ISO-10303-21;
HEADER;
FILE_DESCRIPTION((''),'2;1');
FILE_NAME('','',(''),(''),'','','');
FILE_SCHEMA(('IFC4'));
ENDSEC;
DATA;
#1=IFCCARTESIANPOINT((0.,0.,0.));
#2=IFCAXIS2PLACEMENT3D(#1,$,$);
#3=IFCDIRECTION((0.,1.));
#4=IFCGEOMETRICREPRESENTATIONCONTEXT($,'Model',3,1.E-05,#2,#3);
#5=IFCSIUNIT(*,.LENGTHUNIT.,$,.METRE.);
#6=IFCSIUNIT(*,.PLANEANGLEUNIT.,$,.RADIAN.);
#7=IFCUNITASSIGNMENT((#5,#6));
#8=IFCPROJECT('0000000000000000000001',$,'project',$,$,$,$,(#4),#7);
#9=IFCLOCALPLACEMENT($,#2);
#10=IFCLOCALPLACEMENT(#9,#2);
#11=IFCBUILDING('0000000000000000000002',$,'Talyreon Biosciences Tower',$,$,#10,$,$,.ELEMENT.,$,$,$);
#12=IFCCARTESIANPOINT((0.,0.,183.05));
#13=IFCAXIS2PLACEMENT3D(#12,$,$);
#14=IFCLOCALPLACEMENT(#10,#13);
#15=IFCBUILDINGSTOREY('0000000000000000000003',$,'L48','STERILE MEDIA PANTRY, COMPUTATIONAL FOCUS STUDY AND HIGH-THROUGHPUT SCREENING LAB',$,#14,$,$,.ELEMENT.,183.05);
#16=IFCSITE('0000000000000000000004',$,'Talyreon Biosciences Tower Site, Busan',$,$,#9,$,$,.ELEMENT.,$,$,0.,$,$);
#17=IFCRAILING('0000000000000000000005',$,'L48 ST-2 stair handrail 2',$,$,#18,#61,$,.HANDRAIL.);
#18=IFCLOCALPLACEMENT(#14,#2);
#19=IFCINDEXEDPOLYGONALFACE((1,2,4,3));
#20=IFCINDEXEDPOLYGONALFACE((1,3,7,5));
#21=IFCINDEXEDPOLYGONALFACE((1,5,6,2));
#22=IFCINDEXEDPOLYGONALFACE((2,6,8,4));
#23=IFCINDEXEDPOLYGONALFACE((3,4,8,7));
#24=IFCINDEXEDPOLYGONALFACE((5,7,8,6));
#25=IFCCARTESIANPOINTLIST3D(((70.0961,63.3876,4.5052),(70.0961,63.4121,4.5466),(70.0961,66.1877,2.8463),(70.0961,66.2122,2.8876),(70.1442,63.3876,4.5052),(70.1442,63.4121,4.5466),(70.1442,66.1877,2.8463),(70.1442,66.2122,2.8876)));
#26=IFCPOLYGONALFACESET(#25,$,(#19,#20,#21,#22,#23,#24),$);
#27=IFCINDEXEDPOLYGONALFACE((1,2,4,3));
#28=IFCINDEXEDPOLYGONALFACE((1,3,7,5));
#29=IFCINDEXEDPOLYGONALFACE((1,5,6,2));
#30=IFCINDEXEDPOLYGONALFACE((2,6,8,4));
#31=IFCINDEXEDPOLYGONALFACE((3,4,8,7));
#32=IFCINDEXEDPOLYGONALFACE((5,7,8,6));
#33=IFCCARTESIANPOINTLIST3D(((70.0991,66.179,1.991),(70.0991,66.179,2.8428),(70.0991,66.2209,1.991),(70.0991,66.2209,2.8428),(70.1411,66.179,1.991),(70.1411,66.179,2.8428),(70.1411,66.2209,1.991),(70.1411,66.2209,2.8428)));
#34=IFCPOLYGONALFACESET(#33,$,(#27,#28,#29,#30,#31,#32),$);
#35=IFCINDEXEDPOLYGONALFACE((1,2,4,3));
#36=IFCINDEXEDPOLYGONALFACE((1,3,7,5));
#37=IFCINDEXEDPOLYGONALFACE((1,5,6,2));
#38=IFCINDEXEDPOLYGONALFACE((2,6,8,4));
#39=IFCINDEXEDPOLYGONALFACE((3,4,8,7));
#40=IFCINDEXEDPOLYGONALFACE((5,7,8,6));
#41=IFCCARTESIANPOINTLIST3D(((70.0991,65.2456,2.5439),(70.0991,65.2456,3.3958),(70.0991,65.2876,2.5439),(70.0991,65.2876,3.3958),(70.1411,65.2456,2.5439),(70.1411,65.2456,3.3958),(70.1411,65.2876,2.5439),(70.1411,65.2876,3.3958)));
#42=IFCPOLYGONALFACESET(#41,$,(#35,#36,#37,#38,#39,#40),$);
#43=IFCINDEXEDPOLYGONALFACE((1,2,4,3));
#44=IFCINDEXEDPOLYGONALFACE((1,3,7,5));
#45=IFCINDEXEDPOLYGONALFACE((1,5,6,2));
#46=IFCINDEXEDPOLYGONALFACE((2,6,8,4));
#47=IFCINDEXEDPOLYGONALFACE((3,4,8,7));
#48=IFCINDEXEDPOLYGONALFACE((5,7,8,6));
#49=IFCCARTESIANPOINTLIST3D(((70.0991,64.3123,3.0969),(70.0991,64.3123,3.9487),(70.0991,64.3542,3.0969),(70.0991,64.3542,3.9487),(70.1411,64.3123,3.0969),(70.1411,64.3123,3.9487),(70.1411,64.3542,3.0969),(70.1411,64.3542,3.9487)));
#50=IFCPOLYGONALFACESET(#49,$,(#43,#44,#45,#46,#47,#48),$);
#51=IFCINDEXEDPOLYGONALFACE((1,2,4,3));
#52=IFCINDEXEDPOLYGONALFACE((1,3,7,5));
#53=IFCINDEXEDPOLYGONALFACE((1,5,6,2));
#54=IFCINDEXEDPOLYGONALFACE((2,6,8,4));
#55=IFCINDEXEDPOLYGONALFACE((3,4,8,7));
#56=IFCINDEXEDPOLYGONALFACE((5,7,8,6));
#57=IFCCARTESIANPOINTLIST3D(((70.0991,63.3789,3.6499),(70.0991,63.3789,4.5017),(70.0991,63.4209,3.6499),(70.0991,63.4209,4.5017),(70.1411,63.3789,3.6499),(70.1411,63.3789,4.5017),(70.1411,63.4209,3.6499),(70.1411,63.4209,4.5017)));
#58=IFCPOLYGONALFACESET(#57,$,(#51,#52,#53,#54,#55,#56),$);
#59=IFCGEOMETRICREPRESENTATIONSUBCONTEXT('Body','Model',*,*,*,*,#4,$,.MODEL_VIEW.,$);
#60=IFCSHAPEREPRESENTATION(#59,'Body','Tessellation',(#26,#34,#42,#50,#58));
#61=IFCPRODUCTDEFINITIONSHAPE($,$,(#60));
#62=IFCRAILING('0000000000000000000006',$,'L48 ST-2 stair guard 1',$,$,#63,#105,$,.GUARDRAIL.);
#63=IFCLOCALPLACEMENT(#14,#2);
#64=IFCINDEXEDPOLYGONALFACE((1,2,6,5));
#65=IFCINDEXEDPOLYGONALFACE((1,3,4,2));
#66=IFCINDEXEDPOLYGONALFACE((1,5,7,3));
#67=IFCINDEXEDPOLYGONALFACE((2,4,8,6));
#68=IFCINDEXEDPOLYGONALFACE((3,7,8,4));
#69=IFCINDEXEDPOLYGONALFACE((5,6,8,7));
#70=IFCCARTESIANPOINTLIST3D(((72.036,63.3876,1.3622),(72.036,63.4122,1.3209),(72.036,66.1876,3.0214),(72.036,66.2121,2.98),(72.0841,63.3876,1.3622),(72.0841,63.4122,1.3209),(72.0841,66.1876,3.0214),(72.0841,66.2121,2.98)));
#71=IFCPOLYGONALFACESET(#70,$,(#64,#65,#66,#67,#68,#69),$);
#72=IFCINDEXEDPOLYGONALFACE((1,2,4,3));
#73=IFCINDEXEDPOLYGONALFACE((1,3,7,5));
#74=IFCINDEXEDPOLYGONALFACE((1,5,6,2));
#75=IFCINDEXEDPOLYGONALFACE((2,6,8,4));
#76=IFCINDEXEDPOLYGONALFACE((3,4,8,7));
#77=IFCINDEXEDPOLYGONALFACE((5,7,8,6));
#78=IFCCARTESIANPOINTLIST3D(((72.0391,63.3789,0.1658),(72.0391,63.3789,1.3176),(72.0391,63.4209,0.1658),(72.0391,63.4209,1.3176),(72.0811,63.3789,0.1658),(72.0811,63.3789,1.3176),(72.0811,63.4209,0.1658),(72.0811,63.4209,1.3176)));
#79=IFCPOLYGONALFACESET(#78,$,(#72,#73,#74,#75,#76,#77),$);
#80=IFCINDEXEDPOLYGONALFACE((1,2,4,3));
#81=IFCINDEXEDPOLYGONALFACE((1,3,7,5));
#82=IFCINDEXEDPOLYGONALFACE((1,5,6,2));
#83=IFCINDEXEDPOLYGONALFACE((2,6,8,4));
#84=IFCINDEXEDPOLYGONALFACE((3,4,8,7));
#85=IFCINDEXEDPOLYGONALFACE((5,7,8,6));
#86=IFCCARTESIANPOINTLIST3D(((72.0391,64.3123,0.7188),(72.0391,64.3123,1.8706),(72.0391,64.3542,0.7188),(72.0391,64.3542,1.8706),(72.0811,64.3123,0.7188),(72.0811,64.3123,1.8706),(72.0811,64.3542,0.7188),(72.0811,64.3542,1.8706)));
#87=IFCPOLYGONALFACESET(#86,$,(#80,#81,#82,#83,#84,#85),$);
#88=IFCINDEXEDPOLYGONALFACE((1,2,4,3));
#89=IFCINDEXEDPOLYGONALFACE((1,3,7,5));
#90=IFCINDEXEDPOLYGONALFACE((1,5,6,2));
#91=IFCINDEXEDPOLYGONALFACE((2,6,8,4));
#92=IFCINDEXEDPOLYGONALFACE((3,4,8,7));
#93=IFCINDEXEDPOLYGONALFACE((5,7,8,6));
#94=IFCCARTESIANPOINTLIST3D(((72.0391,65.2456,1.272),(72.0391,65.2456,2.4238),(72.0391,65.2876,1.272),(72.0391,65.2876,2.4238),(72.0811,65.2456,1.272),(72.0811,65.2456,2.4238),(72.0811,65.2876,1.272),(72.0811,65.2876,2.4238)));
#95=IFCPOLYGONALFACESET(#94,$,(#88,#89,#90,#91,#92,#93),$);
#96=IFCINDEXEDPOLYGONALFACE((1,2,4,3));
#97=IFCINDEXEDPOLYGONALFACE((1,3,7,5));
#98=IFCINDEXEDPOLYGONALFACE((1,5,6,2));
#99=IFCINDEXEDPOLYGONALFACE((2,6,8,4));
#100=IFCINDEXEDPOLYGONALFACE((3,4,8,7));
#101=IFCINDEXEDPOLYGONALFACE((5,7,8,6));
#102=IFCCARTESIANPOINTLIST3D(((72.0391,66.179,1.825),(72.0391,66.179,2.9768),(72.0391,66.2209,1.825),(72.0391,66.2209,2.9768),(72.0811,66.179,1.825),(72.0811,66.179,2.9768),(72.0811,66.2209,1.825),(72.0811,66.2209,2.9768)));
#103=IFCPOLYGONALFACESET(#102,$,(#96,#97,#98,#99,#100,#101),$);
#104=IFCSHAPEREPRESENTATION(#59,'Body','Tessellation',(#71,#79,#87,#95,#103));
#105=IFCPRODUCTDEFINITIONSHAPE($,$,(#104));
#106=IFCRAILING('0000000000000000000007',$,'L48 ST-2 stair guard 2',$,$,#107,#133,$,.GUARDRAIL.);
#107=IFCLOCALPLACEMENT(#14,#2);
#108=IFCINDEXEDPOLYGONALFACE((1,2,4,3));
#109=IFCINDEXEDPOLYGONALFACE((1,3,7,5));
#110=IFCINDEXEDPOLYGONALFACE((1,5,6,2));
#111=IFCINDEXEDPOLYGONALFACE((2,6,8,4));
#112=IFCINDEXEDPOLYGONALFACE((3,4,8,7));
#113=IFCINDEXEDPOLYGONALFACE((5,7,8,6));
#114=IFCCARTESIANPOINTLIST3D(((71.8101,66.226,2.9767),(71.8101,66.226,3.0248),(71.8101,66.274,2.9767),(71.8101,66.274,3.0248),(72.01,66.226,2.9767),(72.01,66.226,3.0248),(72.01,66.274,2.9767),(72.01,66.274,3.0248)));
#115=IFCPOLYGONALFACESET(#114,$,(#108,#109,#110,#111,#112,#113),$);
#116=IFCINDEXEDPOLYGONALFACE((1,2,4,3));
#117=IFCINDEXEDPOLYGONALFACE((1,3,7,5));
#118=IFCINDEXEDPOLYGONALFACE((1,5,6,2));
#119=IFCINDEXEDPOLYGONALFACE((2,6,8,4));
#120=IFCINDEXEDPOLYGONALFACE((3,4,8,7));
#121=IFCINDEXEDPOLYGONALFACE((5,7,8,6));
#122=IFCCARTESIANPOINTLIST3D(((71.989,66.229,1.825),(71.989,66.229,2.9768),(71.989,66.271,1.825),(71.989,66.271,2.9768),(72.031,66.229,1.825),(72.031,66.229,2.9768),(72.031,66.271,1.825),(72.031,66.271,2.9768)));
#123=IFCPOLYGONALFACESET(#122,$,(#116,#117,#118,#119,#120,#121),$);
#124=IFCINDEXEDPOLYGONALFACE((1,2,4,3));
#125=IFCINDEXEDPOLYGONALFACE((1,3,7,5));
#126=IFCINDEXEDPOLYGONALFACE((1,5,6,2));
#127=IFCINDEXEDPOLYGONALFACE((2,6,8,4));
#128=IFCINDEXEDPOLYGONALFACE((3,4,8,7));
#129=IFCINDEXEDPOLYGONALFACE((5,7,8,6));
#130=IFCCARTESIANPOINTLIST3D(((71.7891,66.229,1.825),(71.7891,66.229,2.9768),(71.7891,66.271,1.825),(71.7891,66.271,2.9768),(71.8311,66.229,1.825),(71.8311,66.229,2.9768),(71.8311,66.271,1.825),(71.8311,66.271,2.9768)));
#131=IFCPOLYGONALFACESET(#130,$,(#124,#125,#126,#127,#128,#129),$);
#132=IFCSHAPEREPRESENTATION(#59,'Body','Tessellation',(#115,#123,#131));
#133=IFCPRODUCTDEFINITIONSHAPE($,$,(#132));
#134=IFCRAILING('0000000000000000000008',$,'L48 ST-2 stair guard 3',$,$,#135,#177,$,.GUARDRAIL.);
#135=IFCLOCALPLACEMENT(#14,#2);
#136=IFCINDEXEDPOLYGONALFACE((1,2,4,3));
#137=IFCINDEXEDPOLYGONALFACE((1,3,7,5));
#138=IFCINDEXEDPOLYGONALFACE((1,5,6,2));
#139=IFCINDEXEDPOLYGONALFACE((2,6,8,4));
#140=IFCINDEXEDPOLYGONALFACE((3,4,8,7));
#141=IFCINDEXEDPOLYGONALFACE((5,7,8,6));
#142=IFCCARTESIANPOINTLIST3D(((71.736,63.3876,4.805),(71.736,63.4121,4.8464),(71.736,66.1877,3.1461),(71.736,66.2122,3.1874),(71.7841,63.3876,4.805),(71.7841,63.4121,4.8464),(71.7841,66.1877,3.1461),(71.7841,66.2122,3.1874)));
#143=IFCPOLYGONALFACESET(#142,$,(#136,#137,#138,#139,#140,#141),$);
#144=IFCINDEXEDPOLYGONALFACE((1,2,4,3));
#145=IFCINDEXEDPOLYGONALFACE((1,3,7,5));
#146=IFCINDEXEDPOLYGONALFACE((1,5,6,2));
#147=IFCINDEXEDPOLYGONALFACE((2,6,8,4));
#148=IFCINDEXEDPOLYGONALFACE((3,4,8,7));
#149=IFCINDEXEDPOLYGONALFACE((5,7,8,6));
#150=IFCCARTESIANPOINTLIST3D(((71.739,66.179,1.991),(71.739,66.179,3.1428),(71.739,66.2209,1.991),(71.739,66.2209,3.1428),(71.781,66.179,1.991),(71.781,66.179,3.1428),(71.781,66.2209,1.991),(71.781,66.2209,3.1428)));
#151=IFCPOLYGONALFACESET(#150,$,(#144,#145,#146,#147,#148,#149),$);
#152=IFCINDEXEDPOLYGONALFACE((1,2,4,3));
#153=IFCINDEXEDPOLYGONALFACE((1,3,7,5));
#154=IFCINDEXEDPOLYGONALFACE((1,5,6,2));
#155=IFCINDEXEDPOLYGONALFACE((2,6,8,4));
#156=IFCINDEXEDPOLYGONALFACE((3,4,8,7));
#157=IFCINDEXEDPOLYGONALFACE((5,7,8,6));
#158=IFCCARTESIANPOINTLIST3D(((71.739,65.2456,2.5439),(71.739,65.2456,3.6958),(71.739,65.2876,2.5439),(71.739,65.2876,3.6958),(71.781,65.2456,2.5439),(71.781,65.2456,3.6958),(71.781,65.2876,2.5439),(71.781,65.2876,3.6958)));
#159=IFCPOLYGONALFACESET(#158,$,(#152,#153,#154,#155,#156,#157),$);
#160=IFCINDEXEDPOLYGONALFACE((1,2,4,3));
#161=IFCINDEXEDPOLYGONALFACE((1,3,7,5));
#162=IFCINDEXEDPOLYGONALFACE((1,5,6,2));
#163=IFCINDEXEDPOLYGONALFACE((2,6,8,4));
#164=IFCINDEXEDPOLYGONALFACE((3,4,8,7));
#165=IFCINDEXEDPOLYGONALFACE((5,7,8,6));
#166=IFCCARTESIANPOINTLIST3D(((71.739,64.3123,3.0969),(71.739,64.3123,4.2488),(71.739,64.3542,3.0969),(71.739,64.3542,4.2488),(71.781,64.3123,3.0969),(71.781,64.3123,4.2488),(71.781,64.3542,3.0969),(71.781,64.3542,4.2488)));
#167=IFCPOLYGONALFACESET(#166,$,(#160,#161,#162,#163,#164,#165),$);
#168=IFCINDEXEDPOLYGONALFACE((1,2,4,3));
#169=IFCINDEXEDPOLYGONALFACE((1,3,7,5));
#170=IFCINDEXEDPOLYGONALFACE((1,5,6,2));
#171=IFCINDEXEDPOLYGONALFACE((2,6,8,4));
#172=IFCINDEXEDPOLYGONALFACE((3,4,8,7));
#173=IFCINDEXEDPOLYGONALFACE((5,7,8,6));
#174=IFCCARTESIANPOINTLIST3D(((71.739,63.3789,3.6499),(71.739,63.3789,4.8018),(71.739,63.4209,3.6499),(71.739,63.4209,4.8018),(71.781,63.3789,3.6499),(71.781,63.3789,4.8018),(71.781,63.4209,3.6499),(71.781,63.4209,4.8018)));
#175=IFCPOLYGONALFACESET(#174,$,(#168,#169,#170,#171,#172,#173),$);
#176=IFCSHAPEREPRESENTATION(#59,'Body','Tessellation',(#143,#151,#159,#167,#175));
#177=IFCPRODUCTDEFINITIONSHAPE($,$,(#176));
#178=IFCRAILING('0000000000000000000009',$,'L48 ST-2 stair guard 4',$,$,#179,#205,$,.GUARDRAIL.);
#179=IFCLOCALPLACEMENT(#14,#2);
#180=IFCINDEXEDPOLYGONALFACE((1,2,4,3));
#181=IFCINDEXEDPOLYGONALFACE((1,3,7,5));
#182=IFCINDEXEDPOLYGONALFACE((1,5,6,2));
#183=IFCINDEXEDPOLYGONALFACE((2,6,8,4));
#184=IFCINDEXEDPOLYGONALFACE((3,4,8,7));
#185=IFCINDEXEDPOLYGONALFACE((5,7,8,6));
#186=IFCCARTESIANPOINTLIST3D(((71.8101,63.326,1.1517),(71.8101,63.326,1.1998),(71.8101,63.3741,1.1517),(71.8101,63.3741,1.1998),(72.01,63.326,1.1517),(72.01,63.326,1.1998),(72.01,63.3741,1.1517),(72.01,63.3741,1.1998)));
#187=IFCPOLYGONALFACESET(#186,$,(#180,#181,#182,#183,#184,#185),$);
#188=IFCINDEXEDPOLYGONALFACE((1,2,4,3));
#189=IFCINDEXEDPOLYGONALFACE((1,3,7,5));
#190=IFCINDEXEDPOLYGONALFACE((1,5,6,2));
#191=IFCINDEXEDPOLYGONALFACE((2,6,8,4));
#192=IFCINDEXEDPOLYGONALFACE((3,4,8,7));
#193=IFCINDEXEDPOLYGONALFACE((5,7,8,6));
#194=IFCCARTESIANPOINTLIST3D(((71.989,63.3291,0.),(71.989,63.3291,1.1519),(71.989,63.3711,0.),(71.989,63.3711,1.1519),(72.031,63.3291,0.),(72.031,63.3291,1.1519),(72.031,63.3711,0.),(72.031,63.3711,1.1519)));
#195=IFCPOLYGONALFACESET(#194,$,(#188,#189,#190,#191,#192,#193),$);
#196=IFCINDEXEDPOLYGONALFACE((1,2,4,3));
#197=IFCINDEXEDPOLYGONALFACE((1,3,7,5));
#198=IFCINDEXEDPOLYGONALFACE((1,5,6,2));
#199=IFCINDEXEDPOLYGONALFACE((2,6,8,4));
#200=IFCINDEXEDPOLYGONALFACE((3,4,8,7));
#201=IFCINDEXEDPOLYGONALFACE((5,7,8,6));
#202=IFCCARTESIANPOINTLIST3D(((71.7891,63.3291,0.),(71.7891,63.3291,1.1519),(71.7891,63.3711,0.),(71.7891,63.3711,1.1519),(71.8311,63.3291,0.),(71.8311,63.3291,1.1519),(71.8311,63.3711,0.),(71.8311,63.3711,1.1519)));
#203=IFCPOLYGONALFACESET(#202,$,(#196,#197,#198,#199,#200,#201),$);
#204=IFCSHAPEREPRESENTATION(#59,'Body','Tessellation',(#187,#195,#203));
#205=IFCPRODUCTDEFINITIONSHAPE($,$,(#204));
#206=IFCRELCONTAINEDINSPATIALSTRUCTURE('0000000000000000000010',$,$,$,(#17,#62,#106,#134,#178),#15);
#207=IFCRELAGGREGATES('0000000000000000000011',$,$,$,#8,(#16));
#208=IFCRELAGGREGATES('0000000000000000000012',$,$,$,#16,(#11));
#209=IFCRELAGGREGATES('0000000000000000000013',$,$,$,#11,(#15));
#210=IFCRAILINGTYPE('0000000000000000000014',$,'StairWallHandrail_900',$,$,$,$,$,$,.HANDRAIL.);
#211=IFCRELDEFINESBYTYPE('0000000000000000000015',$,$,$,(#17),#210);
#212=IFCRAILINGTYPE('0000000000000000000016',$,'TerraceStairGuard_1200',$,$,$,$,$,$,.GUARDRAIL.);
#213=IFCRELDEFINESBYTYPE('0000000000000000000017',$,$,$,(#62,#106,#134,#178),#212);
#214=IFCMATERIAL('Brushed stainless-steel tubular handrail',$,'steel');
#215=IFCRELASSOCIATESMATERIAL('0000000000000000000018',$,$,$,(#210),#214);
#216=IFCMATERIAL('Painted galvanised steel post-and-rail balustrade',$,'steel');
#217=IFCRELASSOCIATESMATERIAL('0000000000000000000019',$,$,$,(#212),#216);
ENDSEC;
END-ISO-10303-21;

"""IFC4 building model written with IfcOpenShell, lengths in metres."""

from ifc_helpers import new_model, si_unit, direction, frame, origin, origin_2d, place, context, subcontext, project, spatial, rectangle, extrude, material, type_object, element, save


model = new_model("IFC4")

# Units and contexts
model_context = context("Model", 3, precision=1e-05, world=origin(), true_north=direction((0.0, 1.0)))
body_context = subcontext(model_context, "Body", "Model", "MODEL_VIEW")
ifc_project = project(units=[si_unit("LENGTHUNIT", "METRE"), si_unit("PLANEANGLEUNIT", "RADIAN")], contexts=[model_context])

# Site, building, storey
site_placement = place(None, origin())
site = spatial("IfcSite", under=ifc_project, at=site_placement, Name="Talyreon Biosciences Tower Site, Busan", CompositionType="ELEMENT", RefElevation=0.0)
building_placement = place(site_placement, origin())
building = spatial("IfcBuilding", under=site, at=building_placement, Name="Talyreon Biosciences Tower", CompositionType="ELEMENT")
storey_placement = place(building_placement, frame((0.0, 0.0, 183.05)))
storey = spatial("IfcBuildingStorey", under=building, at=storey_placement, Name="L48", Description="STERILE MEDIA PANTRY, COMPUTATIONAL FOCUS STUDY AND HIGH-THROUGHPUT SCREENING LAB", CompositionType="ELEMENT", Elevation=183.05)

# Railings
ifc_material_1 = material(Name="Brushed stainless-steel tubular handrail", Category="steel")
railing_type_1 = type_object("IfcRailingType", Name="StairWallHandrail_900", PredefinedType="HANDRAIL", material=ifc_material_1)
railing_1_placement = place(storey_placement, frame((70.1201, 66.2, 1.991)))
element("IfcRailing", 1, at=railing_1_placement, inside=storey, type_object=railing_type_1, Name="L48 ST-2 stair handrail 2", PredefinedType="HANDRAIL", context=body_context, shape_type="SweptSolid", body=[
    extrude(rectangle(XDim=0.0481, YDim=0.0481, at=origin_2d()), frame((0.0, 0.0, 0.876), z_axis=(0.0, -0.860339, 0.509722), x_axis=(1.0, 0.0, 0.0)), (0.0, 0.0, 1.0), 3.2546),
    extrude(rectangle(XDim=0.042, YDim=0.042, at=origin_2d()), origin(), (0.0, 0.0, 1.0), 0.8518),
    extrude(rectangle(XDim=0.042, YDim=0.042, at=origin_2d()), frame((0.0, -0.9333, 0.553)), (0.0, 0.0, 1.0), 0.8518),
    extrude(rectangle(XDim=0.042, YDim=0.042, at=origin_2d()), frame((0.0, -1.8667, 1.106)), (0.0, 0.0, 1.0), 0.8518),
    extrude(rectangle(XDim=0.042, YDim=0.042, at=origin_2d()), frame((0.0, -2.8, 1.6589)), (0.0, 0.0, 1.0), 0.8518),
])
ifc_material_2 = material(Name="Painted galvanised steel post-and-rail balustrade", Category="steel")
railing_type_2 = type_object("IfcRailingType", Name="TerraceStairGuard_1200", PredefinedType="GUARDRAIL", material=ifc_material_2)
railing_2_placement = place(storey_placement, frame((72.0601, 63.3999, 0.1658)))
element("IfcRailing", 2, at=railing_2_placement, inside=storey, type_object=railing_type_2, Name="L48 ST-2 stair guard 1", PredefinedType="GUARDRAIL", context=body_context, shape_type="SweptSolid", body=[
    extrude(rectangle(XDim=0.0481, YDim=0.0481, at=origin_2d()), frame((0.0, 0.0, 1.1758), z_axis=(0.0, 0.860306, 0.509778), x_axis=(-1.0, 0.0, 0.0)), (0.0, 0.0, 1.0), 3.2546),
    extrude(rectangle(XDim=0.042, YDim=0.042, at=origin_2d()), origin(), (0.0, 0.0, 1.0), 1.1519),
    extrude(rectangle(XDim=0.042, YDim=0.042, at=origin_2d()), frame((0.0, 0.9333, 0.553)), (0.0, 0.0, 1.0), 1.1519),
    extrude(rectangle(XDim=0.042, YDim=0.042, at=origin_2d()), frame((0.0, 1.8667, 1.1062)), (0.0, 0.0, 1.0), 1.1519),
    extrude(rectangle(XDim=0.042, YDim=0.042, at=origin_2d()), frame((0.0, 2.8, 1.6592)), (0.0, 0.0, 1.0), 1.1519),
])
railing_3_placement = place(storey_placement, frame((72.01, 66.25, 1.825)))
element("IfcRailing", 3, at=railing_3_placement, inside=storey, type_object=railing_type_2, Name="L48 ST-2 stair guard 2", PredefinedType="GUARDRAIL", context=body_context, shape_type="SweptSolid", body=[
    extrude(rectangle(XDim=0.0481, YDim=0.0481, at=origin_2d()), frame((0.0, 0.0, 1.1758), z_axis=(-1.0, 0.0, 0.0), x_axis=(0.0, -1.0, 0.0)), (0.0, 0.0, 1.0), 0.2),
    extrude(rectangle(XDim=0.042, YDim=0.042, at=origin_2d()), origin(), (0.0, 0.0, 1.0), 1.1519),
    extrude(rectangle(XDim=0.042, YDim=0.042, at=origin_2d()), frame((-0.2, 0.0, 0.0)), (0.0, 0.0, 1.0), 1.1519),
])
railing_4_placement = place(storey_placement, frame((71.76, 66.2, 1.991)))
element("IfcRailing", 4, at=railing_4_placement, inside=storey, type_object=railing_type_2, Name="L48 ST-2 stair guard 3", PredefinedType="GUARDRAIL", context=body_context, shape_type="SweptSolid", body=[
    extrude(rectangle(XDim=0.0481, YDim=0.0481, at=origin_2d()), frame((0.0, 0.0, 1.1758), z_axis=(0.0, -0.860339, 0.509722), x_axis=(1.0, 0.0, 0.0)), (0.0, 0.0, 1.0), 3.2546),
    extrude(rectangle(XDim=0.042, YDim=0.042, at=origin_2d()), origin(), (0.0, 0.0, 1.0), 1.1519),
    extrude(rectangle(XDim=0.042, YDim=0.042, at=origin_2d()), frame((0.0, -0.9333, 0.553)), (0.0, 0.0, 1.0), 1.1519),
    extrude(rectangle(XDim=0.042, YDim=0.042, at=origin_2d()), frame((0.0, -1.8667, 1.106)), (0.0, 0.0, 1.0), 1.1519),
    extrude(rectangle(XDim=0.042, YDim=0.042, at=origin_2d()), frame((0.0, -2.8, 1.6589)), (0.0, 0.0, 1.0), 1.1519),
])
railing_5_placement = place(storey_placement, frame((72.01, 63.3501, 0.0)))
element("IfcRailing", 5, at=railing_5_placement, inside=storey, type_object=railing_type_2, Name="L48 ST-2 stair guard 4", PredefinedType="GUARDRAIL", context=body_context, shape_type="SweptSolid", body=[
    extrude(rectangle(XDim=0.0481, YDim=0.0481, at=origin_2d()), frame((0.0, 0.0, 1.1758), z_axis=(-1.0, 0.0, 0.0), x_axis=(0.0, -1.0, 0.0)), (0.0, 0.0, 1.0), 0.2),
    extrude(rectangle(XDim=0.042, YDim=0.042, at=origin_2d()), origin(), (0.0, 0.0, 1.0), 1.1519),
    extrude(rectangle(XDim=0.042, YDim=0.042, at=origin_2d()), frame((-0.2, 0.0, 0.0)), (0.0, 0.0, 1.0), 1.1519),
])

save(model, "model.ifc")
